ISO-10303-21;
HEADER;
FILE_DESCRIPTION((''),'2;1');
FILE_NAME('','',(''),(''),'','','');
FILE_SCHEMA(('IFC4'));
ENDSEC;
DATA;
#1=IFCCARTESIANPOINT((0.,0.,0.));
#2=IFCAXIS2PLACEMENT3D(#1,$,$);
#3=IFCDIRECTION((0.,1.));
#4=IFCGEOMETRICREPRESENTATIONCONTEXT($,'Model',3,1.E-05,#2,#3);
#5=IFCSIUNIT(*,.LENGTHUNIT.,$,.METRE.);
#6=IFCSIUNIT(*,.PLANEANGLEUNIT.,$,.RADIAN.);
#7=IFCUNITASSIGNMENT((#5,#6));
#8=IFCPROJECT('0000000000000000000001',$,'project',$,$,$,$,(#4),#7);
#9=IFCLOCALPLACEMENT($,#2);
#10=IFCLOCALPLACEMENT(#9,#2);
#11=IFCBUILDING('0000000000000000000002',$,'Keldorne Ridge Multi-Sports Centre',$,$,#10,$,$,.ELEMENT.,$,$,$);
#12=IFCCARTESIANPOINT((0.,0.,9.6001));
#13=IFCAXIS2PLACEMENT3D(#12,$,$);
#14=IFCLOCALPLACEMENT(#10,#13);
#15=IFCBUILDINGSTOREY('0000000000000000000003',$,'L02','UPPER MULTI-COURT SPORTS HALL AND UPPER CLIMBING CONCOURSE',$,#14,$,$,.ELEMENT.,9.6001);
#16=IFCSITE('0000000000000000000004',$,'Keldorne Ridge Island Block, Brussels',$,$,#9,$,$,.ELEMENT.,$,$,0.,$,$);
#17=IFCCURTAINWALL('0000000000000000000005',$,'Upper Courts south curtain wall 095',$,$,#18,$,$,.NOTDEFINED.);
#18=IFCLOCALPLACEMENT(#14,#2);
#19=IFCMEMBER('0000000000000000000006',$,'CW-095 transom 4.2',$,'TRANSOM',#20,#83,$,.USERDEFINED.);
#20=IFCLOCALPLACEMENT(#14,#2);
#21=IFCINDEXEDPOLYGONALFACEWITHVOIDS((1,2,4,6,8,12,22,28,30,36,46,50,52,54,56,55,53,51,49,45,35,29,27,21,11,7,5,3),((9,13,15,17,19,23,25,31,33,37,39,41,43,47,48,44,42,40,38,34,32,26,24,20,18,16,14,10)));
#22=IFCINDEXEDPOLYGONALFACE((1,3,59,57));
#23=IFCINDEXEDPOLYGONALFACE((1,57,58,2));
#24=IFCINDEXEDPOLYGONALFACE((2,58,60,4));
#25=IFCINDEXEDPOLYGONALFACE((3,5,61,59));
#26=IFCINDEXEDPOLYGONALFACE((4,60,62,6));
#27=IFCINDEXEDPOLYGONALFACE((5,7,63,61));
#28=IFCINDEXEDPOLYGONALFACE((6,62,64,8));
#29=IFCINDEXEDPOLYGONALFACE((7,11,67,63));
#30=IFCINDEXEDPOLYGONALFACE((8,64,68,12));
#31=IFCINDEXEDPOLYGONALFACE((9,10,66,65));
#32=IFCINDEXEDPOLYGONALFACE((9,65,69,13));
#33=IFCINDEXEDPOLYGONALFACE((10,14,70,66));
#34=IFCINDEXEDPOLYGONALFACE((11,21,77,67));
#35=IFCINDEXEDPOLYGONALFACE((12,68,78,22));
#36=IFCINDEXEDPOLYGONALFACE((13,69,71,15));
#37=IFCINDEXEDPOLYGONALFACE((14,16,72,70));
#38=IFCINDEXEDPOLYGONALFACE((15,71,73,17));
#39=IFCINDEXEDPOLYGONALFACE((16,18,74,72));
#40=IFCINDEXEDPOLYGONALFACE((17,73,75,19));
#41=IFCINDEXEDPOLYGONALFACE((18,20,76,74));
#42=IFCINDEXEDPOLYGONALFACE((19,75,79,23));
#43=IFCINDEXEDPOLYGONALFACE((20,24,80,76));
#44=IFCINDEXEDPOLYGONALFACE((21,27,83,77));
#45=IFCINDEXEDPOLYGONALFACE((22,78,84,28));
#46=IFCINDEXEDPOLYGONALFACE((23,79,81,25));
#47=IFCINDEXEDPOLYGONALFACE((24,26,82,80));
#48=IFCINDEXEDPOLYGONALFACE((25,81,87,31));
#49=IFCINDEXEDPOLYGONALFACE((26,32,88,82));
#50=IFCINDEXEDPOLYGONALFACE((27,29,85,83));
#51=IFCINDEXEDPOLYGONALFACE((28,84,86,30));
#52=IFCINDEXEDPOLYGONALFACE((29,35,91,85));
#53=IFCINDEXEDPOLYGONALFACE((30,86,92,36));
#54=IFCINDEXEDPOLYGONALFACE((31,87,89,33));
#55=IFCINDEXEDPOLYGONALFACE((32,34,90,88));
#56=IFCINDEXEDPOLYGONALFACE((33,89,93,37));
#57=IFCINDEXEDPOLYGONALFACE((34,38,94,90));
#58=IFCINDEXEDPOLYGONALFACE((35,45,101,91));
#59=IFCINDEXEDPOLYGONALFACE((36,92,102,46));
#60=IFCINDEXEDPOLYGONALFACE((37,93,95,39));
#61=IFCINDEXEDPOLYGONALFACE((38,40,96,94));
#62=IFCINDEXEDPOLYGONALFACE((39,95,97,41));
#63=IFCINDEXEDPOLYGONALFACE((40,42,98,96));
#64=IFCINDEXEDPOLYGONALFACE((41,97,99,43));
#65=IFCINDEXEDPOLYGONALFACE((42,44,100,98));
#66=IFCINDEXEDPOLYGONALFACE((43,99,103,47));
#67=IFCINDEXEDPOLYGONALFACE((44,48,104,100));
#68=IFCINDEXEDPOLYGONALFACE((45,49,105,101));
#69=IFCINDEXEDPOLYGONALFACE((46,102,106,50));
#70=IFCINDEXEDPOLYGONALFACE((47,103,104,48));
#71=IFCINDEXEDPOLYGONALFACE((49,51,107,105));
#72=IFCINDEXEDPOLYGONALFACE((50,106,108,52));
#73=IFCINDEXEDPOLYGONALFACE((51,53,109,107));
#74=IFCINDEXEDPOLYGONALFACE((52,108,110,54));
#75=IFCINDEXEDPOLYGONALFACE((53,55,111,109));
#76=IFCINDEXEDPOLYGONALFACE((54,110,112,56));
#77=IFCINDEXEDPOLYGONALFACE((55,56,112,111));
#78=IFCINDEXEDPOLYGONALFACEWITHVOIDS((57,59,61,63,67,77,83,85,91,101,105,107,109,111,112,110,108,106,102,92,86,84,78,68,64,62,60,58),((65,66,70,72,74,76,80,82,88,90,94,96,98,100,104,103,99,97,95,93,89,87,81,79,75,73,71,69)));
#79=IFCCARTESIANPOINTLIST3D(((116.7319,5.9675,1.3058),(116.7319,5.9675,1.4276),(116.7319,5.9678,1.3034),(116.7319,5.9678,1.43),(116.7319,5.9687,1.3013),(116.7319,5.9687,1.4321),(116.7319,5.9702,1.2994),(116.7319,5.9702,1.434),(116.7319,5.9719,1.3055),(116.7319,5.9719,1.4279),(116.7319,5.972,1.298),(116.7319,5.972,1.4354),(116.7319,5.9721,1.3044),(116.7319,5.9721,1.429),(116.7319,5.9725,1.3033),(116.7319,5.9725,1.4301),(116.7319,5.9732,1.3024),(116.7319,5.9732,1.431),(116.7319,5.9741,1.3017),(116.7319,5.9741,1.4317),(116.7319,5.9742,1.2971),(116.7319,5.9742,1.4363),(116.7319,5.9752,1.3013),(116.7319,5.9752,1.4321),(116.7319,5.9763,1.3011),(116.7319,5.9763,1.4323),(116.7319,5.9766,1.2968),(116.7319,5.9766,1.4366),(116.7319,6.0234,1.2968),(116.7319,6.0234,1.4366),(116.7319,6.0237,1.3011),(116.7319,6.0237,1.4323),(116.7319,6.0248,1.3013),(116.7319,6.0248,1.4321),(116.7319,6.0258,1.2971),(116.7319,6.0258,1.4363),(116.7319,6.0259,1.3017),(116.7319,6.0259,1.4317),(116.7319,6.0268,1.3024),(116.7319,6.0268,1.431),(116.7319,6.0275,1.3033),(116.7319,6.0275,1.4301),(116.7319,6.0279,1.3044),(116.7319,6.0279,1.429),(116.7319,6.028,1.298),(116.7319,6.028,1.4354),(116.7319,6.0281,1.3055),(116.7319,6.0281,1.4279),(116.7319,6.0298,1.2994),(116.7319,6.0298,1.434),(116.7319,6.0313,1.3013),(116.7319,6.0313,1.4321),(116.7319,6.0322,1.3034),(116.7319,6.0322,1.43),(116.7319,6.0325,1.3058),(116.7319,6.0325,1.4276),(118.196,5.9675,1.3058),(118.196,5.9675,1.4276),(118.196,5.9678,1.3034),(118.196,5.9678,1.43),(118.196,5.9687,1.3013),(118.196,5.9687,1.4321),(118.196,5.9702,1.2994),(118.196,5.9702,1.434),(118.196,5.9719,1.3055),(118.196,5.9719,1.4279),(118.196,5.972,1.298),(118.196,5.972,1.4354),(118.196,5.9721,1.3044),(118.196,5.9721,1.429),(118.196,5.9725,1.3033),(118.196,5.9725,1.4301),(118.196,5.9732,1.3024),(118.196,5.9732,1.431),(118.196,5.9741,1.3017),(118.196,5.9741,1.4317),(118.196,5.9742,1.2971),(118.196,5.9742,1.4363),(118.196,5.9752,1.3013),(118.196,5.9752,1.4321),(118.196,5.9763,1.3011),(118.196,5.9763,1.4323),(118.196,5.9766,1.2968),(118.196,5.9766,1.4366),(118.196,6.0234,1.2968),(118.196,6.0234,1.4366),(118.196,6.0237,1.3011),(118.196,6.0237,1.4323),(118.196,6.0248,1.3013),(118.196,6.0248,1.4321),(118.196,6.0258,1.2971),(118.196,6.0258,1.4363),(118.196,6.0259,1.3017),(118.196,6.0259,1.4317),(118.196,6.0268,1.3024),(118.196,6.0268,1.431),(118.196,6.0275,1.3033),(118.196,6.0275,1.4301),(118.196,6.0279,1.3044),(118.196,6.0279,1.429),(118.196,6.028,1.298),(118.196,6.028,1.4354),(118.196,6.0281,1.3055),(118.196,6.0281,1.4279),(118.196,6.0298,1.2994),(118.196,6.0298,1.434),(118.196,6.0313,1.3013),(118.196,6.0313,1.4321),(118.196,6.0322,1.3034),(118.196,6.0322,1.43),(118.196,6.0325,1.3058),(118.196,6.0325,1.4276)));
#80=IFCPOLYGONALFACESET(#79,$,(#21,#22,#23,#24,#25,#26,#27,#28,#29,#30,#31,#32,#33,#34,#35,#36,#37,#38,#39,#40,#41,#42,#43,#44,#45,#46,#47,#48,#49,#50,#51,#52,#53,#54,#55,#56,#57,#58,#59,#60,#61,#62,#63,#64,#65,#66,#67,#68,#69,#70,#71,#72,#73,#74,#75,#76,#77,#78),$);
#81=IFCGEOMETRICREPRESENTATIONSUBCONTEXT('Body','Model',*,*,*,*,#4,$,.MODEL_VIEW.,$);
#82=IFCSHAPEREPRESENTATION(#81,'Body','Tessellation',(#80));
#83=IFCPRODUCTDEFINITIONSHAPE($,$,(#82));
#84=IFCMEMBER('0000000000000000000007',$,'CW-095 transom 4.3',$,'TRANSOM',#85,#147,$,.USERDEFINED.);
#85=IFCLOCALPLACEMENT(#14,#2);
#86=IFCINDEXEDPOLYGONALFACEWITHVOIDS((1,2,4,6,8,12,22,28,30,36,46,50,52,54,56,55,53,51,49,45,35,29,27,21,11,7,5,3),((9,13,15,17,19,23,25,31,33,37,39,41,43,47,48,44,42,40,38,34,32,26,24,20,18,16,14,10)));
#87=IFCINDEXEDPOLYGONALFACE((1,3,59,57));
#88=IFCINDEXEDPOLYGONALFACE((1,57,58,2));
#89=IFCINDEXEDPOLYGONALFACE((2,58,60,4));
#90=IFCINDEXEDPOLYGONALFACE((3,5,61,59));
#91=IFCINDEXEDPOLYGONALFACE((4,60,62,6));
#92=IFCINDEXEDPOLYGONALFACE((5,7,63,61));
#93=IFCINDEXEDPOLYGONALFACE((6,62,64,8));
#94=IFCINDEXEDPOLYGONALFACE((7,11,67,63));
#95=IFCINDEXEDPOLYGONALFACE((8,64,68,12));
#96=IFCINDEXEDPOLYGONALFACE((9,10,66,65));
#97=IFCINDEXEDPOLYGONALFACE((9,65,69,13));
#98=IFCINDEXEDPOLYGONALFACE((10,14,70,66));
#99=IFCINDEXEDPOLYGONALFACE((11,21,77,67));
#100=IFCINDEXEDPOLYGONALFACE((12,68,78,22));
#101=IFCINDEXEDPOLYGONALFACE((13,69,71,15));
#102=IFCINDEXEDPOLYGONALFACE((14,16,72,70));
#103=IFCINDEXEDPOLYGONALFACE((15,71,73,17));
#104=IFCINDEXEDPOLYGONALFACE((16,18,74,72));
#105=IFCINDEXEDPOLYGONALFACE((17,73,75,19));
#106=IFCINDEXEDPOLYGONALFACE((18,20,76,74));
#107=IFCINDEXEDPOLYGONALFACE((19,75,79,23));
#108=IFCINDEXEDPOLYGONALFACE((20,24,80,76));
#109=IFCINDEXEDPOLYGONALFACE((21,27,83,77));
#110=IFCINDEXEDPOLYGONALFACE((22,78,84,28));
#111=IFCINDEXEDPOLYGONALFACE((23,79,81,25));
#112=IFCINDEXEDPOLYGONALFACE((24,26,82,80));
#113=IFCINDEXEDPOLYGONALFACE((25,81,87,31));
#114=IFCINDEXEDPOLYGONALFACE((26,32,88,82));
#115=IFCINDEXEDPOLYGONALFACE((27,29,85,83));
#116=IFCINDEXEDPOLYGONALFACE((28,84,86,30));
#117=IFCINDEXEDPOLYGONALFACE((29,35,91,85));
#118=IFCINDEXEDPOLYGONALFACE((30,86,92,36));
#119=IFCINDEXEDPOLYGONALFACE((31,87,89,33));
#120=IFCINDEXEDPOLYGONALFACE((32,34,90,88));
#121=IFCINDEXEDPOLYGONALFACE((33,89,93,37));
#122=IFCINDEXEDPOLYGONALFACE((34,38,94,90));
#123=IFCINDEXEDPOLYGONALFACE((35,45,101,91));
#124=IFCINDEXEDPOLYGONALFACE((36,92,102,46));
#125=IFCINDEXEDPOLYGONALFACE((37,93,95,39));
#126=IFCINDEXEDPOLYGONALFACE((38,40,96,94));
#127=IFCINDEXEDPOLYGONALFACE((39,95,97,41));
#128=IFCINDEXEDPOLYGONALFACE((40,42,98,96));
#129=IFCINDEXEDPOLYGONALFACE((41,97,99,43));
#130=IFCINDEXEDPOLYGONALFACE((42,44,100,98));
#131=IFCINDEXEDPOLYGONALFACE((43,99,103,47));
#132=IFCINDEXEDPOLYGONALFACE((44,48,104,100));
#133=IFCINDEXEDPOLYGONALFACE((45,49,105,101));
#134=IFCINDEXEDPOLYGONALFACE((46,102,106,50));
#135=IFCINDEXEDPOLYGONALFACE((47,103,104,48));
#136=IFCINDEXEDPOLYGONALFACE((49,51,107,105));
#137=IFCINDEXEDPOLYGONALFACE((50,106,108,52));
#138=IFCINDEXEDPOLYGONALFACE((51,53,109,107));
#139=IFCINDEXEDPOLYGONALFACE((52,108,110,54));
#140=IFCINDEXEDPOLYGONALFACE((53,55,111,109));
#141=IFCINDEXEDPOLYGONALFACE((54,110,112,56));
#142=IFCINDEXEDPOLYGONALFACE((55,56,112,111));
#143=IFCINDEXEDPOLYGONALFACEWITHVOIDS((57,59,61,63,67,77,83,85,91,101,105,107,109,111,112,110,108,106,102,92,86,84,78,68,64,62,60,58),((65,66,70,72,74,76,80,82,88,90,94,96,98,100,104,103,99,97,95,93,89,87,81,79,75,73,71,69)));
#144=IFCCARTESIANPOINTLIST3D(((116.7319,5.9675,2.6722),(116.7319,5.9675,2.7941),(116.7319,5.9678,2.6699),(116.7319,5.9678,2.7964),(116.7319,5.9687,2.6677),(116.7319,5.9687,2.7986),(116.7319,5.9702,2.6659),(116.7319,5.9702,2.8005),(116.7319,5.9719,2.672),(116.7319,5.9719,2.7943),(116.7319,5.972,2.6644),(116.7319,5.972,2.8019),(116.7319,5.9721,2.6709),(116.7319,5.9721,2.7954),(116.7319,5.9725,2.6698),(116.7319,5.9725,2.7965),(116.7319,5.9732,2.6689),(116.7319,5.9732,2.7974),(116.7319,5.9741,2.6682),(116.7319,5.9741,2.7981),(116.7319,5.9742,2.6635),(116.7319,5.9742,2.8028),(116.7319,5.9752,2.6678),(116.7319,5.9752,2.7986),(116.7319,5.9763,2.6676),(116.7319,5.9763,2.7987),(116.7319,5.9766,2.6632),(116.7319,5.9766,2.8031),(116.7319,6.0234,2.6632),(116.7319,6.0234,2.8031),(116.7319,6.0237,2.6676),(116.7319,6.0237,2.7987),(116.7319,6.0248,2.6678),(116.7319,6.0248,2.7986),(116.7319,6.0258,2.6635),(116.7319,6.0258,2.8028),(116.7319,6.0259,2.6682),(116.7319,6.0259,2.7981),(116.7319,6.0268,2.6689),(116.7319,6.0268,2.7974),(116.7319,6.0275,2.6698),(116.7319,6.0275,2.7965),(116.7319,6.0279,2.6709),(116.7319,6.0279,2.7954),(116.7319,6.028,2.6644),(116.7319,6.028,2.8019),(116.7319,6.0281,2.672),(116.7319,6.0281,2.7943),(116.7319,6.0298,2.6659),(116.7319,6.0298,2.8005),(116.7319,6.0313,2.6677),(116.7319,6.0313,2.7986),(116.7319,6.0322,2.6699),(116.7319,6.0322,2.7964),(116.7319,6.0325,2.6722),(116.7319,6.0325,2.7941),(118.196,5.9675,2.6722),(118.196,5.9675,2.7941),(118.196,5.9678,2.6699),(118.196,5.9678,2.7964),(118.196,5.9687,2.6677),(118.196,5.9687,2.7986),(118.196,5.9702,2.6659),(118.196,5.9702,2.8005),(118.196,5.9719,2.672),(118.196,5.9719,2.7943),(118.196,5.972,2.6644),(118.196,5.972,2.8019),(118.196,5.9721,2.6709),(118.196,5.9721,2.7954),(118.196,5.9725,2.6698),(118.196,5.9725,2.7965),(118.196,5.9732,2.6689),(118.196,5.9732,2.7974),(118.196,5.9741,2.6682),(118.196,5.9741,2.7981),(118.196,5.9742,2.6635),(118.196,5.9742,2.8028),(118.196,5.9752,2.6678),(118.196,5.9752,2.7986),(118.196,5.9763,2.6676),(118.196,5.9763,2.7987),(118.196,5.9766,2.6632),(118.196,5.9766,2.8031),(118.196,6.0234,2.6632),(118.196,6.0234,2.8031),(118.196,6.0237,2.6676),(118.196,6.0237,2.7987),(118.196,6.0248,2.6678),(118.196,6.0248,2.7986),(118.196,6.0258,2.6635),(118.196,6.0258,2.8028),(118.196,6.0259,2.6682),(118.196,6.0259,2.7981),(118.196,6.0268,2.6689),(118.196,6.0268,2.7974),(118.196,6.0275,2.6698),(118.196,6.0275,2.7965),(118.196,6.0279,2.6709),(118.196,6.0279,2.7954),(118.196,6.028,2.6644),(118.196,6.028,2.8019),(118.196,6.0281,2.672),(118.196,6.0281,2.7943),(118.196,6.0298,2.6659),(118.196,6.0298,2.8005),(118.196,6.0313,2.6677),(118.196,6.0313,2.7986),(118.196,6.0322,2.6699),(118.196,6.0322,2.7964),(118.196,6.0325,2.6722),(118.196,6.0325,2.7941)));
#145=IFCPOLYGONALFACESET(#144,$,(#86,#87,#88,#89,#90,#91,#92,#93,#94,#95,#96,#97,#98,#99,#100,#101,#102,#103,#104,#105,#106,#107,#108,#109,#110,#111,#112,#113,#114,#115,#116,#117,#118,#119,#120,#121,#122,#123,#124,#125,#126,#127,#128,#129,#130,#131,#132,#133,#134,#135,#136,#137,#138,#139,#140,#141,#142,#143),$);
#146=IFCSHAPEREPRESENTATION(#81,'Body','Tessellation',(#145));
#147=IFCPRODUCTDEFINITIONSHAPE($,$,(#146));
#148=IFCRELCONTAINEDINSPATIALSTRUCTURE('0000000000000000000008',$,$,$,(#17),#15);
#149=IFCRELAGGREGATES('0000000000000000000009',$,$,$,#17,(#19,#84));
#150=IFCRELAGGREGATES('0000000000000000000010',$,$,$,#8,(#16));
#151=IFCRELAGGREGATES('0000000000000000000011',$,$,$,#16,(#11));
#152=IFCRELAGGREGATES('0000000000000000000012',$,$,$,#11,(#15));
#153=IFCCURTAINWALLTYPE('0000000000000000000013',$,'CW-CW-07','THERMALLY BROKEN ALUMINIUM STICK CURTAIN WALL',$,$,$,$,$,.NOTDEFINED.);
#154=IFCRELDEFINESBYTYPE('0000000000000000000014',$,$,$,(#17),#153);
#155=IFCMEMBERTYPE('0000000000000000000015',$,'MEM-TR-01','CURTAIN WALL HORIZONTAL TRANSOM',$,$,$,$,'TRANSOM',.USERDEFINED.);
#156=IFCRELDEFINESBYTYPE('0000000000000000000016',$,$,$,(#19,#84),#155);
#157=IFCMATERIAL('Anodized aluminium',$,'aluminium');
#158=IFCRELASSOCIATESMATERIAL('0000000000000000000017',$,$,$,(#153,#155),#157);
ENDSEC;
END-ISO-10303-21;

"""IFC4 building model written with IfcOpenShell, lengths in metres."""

from ifc_helpers import new_model, si_unit, direction, frame, origin, origin_2d, place, context, subcontext, project, spatial, hollow_rectangle, extrude, material, material_profile, profile_set, type_object, element, aggregate, save


model = new_model("IFC4")

# Units and contexts
model_context = context("Model", 3, precision=1e-05, world=origin(), true_north=direction((0.0, 1.0)))
body_context = subcontext(model_context, "Body", "Model", "MODEL_VIEW")
ifc_project = project(units=[si_unit("LENGTHUNIT", "METRE"), si_unit("PLANEANGLEUNIT", "RADIAN")], contexts=[model_context])

# Site, building, storey
site_placement = place(None, origin())
site = spatial("IfcSite", under=ifc_project, at=site_placement, Name="Keldorne Ridge Island Block, Brussels", CompositionType="ELEMENT", RefElevation=0.0)
building_placement = place(site_placement, origin())
building = spatial("IfcBuilding", under=site, at=building_placement, Name="Keldorne Ridge Multi-Sports Centre", CompositionType="ELEMENT")
storey_placement = place(building_placement, frame((0.0, 0.0, 9.6001)))
storey = spatial("IfcBuildingStorey", under=building, at=storey_placement, Name="L02", Description="UPPER MULTI-COURT SPORTS HALL AND UPPER CLIMBING CONCOURSE", CompositionType="ELEMENT", Elevation=9.6001)

# Curtain wall
ifc_material_1 = material(Name="Anodized aluminium", Category="aluminium")
curtain_wall_type_1 = type_object("IfcCurtainWallType", Name="CW-CW-07", Description="THERMALLY BROKEN ALUMINIUM STICK CURTAIN WALL", PredefinedType="NOTDEFINED", material=ifc_material_1)
curtain_wall_1_placement = place(storey_placement, origin())
curtain_wall_1 = element("IfcCurtainWall", 1, at=curtain_wall_1_placement, inside=storey, type_object=curtain_wall_type_1, Name="Upper Courts south curtain wall 095", PredefinedType="NOTDEFINED")

# Members
ifc_material_profile_1 = material_profile(ifc_material_1, hollow_rectangle(XDim=0.0649, YDim=0.1399, WallThickness=0.0044, InnerFilletRadius=0.0044, OuterFilletRadius=0.009, at=origin_2d()), Name="ALU TRANSOM 140x65x4.5")
ifc_profile_set_1 = profile_set([ifc_material_profile_1], Name="Anodized aluminium")
member_type_1 = type_object("IfcMemberType", Name="MEM-TR-01", Description="CURTAIN WALL HORIZONTAL TRANSOM", ElementType="TRANSOM", PredefinedType="USERDEFINED", material=ifc_profile_set_1)
member_1_placement = place(storey_placement, frame((116.7319, 6.0, 1.3667), z_axis=(1.0, 0.0, 0.0), x_axis=(0.0, 1.0, 0.0)))
member_1 = element("IfcMember", 2, at=member_1_placement, type_object=member_type_1, Name="CW-095 transom 4.2", ObjectType="TRANSOM", PredefinedType="USERDEFINED", context=body_context, shape_type="SweptSolid", body=[
    extrude(hollow_rectangle(XDim=0.0649, YDim=0.1399, WallThickness=0.0044, InnerFilletRadius=0.0044, OuterFilletRadius=0.009, at=origin_2d()), origin(), (0.0, 0.0, 1.0), 1.4641),
])
member_2_placement = place(storey_placement, frame((116.7319, 6.0, 2.7332), z_axis=(1.0, 0.0, 0.0), x_axis=(0.0, 1.0, 0.0)))
member_2 = element("IfcMember", 3, at=member_2_placement, type_object=member_type_1, Name="CW-095 transom 4.3", ObjectType="TRANSOM", PredefinedType="USERDEFINED", context=body_context, shape_type="SweptSolid", body=[
    extrude(hollow_rectangle(XDim=0.0649, YDim=0.1399, WallThickness=0.0044, InnerFilletRadius=0.0044, OuterFilletRadius=0.009, at=origin_2d()), origin(), (0.0, 0.0, 1.0), 1.4641),
])

aggregate(curtain_wall_1, [member_1, member_2])

save(model, "model.ifc")
